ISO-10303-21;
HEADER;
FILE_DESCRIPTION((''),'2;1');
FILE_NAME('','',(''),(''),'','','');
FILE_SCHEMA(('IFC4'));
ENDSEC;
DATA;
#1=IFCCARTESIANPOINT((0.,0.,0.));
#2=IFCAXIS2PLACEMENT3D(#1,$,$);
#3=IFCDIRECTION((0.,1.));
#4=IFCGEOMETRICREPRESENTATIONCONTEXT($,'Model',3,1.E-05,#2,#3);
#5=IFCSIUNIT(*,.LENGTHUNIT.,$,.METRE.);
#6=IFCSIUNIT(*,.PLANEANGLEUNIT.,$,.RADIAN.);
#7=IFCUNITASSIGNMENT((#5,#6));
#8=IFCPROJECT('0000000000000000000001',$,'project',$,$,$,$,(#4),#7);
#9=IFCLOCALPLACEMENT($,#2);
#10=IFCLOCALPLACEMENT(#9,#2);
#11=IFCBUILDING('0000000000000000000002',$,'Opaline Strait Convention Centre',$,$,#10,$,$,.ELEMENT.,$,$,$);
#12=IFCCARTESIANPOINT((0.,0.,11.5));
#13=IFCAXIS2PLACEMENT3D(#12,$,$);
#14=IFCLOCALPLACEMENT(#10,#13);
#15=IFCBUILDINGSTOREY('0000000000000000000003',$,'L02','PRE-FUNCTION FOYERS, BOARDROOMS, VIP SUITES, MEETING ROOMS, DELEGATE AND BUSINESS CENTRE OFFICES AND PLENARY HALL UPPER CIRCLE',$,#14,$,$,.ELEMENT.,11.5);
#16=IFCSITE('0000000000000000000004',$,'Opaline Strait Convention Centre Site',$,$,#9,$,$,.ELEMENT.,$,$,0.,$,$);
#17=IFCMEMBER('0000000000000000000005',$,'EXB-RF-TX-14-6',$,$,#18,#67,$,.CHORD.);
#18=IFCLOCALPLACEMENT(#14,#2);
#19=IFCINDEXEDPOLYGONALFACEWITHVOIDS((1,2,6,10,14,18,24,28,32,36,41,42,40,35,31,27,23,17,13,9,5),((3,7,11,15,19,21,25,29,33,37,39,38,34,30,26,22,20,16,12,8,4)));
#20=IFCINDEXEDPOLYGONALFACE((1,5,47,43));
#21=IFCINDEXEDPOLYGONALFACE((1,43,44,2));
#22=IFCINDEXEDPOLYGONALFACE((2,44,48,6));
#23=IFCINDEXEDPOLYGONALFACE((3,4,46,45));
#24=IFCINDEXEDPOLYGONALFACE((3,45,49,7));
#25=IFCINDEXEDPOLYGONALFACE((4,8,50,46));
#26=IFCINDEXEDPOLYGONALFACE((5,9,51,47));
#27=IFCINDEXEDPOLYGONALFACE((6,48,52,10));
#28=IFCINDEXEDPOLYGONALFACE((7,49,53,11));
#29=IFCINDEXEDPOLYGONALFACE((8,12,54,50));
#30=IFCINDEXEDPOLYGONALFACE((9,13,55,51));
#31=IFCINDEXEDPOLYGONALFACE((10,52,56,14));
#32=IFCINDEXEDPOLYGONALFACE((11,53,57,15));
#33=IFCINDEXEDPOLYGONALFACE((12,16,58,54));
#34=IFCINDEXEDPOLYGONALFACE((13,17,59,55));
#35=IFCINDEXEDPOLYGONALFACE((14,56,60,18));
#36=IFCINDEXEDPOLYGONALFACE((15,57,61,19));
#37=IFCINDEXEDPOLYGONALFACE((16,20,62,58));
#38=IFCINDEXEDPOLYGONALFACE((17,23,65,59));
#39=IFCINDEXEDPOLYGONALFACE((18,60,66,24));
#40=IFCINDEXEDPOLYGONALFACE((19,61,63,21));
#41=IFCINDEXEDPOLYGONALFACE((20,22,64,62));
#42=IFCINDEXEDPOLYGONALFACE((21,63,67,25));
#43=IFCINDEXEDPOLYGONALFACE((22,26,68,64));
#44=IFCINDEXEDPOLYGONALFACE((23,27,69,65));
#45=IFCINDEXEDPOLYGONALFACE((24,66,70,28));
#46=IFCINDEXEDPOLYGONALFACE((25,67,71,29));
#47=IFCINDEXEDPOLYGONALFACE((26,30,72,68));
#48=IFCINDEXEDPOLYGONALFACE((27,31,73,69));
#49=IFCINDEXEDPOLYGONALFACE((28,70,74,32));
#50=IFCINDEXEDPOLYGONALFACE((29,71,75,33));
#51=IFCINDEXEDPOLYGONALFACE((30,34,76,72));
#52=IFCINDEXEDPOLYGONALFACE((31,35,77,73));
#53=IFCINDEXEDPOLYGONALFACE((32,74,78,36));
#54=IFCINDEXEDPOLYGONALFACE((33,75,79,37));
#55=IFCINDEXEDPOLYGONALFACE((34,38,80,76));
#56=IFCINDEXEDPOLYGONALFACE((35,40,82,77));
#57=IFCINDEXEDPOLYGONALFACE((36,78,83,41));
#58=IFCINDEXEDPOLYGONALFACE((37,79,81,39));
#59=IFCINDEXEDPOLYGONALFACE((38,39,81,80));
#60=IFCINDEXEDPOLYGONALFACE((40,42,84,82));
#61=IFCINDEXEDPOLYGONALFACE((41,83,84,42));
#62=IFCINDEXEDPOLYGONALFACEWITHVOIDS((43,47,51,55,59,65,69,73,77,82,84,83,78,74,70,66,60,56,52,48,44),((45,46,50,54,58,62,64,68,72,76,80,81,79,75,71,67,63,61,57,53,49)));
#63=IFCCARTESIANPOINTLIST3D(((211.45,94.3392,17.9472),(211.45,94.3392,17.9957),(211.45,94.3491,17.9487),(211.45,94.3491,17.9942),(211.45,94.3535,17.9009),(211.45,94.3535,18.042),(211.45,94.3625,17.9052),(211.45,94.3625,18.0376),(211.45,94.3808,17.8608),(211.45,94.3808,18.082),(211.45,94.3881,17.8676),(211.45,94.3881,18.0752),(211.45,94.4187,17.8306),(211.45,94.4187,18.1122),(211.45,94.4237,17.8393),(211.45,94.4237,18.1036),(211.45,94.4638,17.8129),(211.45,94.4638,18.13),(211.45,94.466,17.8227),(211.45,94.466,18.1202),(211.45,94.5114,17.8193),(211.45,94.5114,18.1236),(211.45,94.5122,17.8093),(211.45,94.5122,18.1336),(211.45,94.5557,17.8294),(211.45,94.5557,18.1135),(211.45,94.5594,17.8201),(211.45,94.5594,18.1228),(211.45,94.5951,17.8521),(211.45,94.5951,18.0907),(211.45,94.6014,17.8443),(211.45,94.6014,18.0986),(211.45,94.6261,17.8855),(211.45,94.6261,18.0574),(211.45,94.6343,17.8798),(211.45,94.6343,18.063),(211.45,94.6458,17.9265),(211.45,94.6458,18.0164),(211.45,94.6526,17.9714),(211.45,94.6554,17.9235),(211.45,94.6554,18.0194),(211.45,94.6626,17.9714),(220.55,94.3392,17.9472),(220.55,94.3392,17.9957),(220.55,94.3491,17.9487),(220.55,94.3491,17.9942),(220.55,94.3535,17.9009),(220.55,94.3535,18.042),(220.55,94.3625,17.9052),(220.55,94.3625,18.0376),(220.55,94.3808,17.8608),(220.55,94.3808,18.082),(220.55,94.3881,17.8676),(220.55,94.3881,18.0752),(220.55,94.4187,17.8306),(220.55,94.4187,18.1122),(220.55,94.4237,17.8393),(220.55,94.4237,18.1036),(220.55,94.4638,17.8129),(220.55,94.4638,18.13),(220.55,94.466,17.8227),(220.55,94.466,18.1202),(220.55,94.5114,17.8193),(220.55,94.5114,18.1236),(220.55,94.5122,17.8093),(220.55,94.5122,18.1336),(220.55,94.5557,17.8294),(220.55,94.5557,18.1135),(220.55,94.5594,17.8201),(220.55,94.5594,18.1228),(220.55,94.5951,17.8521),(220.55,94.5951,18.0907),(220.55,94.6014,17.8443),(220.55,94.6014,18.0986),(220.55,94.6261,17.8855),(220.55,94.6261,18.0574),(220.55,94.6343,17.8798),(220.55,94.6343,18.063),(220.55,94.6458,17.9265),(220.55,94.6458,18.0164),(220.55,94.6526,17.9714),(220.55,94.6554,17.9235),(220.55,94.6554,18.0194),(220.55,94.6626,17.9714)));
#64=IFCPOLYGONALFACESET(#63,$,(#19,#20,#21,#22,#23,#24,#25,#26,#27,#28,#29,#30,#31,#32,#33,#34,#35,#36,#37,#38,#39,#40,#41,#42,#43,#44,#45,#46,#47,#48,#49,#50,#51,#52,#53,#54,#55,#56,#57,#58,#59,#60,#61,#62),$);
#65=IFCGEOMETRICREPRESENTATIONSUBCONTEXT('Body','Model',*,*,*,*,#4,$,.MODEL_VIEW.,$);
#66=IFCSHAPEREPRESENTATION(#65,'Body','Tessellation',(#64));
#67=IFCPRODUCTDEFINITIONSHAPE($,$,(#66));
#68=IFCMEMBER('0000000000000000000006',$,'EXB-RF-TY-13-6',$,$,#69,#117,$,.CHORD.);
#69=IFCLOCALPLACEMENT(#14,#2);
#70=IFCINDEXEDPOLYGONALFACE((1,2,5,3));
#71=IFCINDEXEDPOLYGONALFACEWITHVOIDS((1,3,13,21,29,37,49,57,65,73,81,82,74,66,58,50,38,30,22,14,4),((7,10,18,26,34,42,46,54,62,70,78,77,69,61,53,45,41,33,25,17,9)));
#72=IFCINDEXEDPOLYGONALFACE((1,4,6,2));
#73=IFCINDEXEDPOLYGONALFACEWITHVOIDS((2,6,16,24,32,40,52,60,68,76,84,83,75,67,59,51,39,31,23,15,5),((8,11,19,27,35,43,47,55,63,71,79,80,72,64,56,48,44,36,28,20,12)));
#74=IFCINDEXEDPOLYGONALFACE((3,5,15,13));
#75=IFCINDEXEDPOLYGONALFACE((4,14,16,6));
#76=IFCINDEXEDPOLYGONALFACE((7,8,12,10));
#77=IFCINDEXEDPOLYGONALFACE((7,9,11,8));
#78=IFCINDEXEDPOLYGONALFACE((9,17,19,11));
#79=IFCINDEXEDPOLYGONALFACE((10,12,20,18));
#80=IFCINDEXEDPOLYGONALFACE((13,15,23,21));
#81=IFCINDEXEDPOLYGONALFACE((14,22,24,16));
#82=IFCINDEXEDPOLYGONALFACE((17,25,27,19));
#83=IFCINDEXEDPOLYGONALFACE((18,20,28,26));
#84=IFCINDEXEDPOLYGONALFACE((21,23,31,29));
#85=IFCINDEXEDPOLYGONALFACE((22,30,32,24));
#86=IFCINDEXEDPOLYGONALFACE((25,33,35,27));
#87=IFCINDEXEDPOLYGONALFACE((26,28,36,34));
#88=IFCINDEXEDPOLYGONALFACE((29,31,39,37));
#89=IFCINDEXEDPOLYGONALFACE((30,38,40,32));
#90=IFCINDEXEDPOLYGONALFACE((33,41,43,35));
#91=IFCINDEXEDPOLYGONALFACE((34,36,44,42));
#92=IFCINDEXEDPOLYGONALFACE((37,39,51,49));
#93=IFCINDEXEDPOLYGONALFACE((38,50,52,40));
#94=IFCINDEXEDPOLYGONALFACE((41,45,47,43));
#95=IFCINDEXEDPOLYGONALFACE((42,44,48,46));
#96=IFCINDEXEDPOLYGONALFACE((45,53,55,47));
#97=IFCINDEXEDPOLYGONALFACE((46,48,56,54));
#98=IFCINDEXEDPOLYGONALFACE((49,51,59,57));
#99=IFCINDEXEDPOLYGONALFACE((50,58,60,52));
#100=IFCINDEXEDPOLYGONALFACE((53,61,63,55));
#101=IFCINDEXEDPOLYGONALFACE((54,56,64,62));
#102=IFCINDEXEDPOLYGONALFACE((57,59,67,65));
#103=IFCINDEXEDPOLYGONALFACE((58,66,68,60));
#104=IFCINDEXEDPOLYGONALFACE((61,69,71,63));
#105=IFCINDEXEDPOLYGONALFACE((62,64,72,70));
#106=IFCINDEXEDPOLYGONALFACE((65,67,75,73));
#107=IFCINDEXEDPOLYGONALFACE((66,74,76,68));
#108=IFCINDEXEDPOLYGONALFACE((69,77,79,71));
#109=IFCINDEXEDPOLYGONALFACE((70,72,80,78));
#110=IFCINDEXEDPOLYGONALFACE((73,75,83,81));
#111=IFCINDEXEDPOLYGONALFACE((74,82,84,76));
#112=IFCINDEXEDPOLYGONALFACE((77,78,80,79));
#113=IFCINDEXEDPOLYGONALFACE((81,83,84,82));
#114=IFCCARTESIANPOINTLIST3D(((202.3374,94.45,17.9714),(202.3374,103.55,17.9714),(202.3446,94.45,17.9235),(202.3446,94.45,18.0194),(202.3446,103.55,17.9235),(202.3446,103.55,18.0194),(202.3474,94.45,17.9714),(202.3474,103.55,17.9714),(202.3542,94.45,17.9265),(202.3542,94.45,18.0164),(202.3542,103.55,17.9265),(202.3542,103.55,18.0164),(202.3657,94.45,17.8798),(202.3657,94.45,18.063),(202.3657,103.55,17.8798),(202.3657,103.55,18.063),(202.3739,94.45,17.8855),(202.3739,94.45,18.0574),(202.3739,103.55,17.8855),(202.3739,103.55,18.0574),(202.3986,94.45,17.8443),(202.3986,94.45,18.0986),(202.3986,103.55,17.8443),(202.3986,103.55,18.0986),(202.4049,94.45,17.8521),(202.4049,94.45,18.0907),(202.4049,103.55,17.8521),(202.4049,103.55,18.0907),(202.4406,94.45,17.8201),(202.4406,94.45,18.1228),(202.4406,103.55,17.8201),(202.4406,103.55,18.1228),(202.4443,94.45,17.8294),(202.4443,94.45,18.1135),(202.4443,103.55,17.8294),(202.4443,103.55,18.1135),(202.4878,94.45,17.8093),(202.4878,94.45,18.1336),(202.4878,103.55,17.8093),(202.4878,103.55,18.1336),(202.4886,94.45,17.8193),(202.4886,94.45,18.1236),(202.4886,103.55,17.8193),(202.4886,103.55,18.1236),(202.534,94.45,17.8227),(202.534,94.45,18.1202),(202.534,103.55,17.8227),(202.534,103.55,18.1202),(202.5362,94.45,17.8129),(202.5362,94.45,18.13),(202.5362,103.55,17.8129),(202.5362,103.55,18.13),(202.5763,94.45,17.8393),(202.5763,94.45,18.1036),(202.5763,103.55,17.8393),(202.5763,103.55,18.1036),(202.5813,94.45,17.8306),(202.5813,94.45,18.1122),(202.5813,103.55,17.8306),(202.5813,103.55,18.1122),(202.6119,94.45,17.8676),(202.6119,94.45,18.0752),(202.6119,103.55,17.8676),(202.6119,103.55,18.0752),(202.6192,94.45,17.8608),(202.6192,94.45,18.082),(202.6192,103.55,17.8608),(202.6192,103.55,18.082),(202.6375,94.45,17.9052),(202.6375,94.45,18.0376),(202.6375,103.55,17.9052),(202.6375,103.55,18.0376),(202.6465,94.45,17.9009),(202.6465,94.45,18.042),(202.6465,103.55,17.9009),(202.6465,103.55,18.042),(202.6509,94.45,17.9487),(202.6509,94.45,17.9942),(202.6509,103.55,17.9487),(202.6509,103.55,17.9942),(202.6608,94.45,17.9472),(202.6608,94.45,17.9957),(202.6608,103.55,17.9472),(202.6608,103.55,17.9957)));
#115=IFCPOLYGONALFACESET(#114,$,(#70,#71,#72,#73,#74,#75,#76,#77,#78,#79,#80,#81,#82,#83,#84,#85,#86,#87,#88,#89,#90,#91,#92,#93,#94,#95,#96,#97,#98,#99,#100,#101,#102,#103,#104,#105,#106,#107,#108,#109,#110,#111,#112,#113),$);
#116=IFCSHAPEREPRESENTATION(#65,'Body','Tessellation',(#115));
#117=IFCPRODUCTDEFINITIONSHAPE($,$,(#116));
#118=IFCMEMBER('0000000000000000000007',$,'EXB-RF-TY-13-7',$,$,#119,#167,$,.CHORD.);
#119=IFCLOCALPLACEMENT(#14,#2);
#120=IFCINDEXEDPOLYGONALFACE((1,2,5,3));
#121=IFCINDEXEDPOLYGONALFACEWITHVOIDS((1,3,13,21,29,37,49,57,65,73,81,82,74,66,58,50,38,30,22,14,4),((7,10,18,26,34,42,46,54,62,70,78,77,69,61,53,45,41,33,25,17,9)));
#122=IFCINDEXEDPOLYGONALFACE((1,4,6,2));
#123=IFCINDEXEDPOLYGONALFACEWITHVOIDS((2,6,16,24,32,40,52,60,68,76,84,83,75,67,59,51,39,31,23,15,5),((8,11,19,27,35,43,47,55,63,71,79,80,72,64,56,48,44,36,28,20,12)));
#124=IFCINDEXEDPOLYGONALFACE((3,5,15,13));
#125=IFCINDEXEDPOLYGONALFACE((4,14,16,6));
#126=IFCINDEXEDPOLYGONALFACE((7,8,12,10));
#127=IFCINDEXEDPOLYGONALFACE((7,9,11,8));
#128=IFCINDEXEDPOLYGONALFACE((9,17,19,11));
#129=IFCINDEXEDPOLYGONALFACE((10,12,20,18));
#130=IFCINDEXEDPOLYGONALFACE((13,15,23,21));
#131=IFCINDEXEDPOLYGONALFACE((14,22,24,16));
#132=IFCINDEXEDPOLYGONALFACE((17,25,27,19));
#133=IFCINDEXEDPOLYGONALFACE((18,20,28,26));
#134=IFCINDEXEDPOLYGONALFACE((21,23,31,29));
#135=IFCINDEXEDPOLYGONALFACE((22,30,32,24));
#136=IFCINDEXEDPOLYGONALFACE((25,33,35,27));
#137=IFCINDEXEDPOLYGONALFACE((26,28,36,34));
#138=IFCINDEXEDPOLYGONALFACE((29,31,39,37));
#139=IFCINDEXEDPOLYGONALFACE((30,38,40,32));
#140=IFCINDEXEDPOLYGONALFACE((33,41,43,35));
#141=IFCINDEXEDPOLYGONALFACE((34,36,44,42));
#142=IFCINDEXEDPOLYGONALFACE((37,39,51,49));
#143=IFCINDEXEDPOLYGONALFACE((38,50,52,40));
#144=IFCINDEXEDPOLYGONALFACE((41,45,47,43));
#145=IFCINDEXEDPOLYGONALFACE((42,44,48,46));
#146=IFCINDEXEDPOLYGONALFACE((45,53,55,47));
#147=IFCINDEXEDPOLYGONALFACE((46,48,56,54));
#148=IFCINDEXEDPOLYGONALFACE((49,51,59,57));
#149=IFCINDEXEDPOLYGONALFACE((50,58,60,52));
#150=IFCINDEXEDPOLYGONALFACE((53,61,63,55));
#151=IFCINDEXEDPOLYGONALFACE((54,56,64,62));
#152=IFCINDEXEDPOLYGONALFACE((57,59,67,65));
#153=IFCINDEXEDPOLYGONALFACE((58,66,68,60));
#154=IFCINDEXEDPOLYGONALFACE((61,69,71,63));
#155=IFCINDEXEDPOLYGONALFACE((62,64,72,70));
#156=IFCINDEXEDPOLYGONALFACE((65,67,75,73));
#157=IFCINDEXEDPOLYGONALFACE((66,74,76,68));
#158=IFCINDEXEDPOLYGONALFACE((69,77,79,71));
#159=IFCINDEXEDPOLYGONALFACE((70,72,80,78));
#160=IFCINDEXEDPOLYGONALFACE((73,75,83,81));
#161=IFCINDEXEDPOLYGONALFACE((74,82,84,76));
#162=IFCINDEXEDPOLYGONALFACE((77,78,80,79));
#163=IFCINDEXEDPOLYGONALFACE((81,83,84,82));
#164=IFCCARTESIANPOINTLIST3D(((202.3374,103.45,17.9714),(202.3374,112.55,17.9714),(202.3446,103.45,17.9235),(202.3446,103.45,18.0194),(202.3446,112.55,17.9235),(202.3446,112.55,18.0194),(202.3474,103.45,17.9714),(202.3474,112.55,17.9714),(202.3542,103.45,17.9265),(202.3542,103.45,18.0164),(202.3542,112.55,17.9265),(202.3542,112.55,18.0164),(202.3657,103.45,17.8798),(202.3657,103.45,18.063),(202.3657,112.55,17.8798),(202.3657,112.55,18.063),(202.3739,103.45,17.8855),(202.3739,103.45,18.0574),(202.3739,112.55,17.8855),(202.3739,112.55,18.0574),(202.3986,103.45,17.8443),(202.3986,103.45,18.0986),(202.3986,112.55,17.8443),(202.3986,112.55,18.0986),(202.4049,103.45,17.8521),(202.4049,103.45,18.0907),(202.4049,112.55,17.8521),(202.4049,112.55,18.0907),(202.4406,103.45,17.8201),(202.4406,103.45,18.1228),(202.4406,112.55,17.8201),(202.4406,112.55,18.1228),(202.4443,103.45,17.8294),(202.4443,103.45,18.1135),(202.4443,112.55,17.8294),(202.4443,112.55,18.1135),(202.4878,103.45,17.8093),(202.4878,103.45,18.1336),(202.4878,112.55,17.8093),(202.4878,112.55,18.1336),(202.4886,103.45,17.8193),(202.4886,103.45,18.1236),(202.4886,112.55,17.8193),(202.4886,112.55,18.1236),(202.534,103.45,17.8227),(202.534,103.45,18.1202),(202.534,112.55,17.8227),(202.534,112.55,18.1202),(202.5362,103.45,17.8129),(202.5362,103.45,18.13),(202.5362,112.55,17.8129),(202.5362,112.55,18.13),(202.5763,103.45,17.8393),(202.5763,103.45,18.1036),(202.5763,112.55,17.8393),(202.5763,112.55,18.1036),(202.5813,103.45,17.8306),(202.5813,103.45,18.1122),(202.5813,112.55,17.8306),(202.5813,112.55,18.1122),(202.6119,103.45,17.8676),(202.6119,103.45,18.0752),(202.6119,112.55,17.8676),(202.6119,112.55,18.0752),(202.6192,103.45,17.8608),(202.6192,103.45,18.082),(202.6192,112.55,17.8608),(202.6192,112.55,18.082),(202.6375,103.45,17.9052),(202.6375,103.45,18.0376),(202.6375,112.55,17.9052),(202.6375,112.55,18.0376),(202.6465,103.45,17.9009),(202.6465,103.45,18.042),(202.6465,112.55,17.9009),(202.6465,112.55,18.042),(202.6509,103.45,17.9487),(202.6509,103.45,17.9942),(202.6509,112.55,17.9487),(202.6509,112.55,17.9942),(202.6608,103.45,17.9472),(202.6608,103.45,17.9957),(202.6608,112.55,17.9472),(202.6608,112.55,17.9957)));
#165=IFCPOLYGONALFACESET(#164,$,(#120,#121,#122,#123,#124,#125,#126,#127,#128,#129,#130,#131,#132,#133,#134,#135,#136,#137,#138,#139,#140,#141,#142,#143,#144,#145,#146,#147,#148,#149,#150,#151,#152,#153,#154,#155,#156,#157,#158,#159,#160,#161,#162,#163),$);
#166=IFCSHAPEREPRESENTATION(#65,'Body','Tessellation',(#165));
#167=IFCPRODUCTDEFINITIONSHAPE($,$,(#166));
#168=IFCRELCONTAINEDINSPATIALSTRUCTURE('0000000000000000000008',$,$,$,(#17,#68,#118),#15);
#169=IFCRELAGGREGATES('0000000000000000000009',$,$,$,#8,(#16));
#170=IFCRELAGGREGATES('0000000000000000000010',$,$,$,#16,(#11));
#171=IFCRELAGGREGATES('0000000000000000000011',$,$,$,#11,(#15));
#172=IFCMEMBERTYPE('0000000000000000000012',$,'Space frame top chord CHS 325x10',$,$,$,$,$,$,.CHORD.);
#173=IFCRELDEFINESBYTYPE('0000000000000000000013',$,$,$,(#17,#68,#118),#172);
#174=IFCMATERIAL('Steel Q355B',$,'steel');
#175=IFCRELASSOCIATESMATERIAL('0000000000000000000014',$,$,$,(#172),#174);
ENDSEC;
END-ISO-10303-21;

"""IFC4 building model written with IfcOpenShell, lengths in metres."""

from ifc_helpers import new_model, si_unit, direction, frame, origin, origin_2d, place, context, subcontext, project, spatial, hollow_circle, extrude, material, material_profile, profile_set, type_object, element, save


model = new_model("IFC4")

# Units and contexts
model_context = context("Model", 3, precision=1e-05, world=origin(), true_north=direction((0.0, 1.0)))
body_context = subcontext(model_context, "Body", "Model", "MODEL_VIEW")
ifc_project = project(units=[si_unit("LENGTHUNIT", "METRE"), si_unit("PLANEANGLEUNIT", "RADIAN")], contexts=[model_context])

# Site, building, storey
site_placement = place(None, origin())
site = spatial("IfcSite", under=ifc_project, at=site_placement, Name="Opaline Strait Convention Centre Site", CompositionType="ELEMENT", RefElevation=0.0)
building_placement = place(site_placement, origin())
building = spatial("IfcBuilding", under=site, at=building_placement, Name="Opaline Strait Convention Centre", CompositionType="ELEMENT")
storey_placement = place(building_placement, frame((0.0, 0.0, 11.5)))
storey = spatial("IfcBuildingStorey", under=building, at=storey_placement, Name="L02", Description="PRE-FUNCTION FOYERS, BOARDROOMS, VIP SUITES, MEETING ROOMS, DELEGATE AND BUSINESS CENTRE OFFICES AND PLENARY HALL UPPER CIRCLE", CompositionType="ELEMENT", Elevation=11.5)

# Members
ifc_material_1 = material(Name="Steel Q355B", Category="steel")
ifc_material_profile_1 = material_profile(ifc_material_1, hollow_circle(Radius=0.1626, WallThickness=0.01, at=origin_2d()), Name="CHS 325x10")
ifc_profile_set_1 = profile_set([ifc_material_profile_1], Name="Steel Q355B")
member_type_1 = type_object("IfcMemberType", Name="Space frame top chord CHS 325x10", PredefinedType="CHORD", material=ifc_profile_set_1)
for number, where, z_axis, x_axis, name in (
    (1, (211.45, 94.5, 17.9714), (1.0, 0.0, 0.0), (0.0, 1.0, 0.0), "EXB-RF-TX-14-6"),
    (2, (202.5, 94.45, 17.9714), (0.0, 1.0, 0.0), (-1.0, 0.0, 0.0), "EXB-RF-TY-13-6"),
    (3, (202.5, 103.45, 17.9714), (0.0, 1.0, 0.0), (-1.0, 0.0, 0.0), "EXB-RF-TY-13-7"),
):
    element("IfcMember", number, at=place(storey_placement, frame(where, z_axis=z_axis, x_axis=x_axis)), inside=storey, type_object=member_type_1, Name=name, PredefinedType="CHORD", context=body_context, shape_type="SweptSolid", body=[
        extrude(hollow_circle(Radius=0.1626, WallThickness=0.01, at=origin_2d()), origin(), (0.0, 0.0, 1.0), 9.1001),
    ])

save(model, "model.ifc")
